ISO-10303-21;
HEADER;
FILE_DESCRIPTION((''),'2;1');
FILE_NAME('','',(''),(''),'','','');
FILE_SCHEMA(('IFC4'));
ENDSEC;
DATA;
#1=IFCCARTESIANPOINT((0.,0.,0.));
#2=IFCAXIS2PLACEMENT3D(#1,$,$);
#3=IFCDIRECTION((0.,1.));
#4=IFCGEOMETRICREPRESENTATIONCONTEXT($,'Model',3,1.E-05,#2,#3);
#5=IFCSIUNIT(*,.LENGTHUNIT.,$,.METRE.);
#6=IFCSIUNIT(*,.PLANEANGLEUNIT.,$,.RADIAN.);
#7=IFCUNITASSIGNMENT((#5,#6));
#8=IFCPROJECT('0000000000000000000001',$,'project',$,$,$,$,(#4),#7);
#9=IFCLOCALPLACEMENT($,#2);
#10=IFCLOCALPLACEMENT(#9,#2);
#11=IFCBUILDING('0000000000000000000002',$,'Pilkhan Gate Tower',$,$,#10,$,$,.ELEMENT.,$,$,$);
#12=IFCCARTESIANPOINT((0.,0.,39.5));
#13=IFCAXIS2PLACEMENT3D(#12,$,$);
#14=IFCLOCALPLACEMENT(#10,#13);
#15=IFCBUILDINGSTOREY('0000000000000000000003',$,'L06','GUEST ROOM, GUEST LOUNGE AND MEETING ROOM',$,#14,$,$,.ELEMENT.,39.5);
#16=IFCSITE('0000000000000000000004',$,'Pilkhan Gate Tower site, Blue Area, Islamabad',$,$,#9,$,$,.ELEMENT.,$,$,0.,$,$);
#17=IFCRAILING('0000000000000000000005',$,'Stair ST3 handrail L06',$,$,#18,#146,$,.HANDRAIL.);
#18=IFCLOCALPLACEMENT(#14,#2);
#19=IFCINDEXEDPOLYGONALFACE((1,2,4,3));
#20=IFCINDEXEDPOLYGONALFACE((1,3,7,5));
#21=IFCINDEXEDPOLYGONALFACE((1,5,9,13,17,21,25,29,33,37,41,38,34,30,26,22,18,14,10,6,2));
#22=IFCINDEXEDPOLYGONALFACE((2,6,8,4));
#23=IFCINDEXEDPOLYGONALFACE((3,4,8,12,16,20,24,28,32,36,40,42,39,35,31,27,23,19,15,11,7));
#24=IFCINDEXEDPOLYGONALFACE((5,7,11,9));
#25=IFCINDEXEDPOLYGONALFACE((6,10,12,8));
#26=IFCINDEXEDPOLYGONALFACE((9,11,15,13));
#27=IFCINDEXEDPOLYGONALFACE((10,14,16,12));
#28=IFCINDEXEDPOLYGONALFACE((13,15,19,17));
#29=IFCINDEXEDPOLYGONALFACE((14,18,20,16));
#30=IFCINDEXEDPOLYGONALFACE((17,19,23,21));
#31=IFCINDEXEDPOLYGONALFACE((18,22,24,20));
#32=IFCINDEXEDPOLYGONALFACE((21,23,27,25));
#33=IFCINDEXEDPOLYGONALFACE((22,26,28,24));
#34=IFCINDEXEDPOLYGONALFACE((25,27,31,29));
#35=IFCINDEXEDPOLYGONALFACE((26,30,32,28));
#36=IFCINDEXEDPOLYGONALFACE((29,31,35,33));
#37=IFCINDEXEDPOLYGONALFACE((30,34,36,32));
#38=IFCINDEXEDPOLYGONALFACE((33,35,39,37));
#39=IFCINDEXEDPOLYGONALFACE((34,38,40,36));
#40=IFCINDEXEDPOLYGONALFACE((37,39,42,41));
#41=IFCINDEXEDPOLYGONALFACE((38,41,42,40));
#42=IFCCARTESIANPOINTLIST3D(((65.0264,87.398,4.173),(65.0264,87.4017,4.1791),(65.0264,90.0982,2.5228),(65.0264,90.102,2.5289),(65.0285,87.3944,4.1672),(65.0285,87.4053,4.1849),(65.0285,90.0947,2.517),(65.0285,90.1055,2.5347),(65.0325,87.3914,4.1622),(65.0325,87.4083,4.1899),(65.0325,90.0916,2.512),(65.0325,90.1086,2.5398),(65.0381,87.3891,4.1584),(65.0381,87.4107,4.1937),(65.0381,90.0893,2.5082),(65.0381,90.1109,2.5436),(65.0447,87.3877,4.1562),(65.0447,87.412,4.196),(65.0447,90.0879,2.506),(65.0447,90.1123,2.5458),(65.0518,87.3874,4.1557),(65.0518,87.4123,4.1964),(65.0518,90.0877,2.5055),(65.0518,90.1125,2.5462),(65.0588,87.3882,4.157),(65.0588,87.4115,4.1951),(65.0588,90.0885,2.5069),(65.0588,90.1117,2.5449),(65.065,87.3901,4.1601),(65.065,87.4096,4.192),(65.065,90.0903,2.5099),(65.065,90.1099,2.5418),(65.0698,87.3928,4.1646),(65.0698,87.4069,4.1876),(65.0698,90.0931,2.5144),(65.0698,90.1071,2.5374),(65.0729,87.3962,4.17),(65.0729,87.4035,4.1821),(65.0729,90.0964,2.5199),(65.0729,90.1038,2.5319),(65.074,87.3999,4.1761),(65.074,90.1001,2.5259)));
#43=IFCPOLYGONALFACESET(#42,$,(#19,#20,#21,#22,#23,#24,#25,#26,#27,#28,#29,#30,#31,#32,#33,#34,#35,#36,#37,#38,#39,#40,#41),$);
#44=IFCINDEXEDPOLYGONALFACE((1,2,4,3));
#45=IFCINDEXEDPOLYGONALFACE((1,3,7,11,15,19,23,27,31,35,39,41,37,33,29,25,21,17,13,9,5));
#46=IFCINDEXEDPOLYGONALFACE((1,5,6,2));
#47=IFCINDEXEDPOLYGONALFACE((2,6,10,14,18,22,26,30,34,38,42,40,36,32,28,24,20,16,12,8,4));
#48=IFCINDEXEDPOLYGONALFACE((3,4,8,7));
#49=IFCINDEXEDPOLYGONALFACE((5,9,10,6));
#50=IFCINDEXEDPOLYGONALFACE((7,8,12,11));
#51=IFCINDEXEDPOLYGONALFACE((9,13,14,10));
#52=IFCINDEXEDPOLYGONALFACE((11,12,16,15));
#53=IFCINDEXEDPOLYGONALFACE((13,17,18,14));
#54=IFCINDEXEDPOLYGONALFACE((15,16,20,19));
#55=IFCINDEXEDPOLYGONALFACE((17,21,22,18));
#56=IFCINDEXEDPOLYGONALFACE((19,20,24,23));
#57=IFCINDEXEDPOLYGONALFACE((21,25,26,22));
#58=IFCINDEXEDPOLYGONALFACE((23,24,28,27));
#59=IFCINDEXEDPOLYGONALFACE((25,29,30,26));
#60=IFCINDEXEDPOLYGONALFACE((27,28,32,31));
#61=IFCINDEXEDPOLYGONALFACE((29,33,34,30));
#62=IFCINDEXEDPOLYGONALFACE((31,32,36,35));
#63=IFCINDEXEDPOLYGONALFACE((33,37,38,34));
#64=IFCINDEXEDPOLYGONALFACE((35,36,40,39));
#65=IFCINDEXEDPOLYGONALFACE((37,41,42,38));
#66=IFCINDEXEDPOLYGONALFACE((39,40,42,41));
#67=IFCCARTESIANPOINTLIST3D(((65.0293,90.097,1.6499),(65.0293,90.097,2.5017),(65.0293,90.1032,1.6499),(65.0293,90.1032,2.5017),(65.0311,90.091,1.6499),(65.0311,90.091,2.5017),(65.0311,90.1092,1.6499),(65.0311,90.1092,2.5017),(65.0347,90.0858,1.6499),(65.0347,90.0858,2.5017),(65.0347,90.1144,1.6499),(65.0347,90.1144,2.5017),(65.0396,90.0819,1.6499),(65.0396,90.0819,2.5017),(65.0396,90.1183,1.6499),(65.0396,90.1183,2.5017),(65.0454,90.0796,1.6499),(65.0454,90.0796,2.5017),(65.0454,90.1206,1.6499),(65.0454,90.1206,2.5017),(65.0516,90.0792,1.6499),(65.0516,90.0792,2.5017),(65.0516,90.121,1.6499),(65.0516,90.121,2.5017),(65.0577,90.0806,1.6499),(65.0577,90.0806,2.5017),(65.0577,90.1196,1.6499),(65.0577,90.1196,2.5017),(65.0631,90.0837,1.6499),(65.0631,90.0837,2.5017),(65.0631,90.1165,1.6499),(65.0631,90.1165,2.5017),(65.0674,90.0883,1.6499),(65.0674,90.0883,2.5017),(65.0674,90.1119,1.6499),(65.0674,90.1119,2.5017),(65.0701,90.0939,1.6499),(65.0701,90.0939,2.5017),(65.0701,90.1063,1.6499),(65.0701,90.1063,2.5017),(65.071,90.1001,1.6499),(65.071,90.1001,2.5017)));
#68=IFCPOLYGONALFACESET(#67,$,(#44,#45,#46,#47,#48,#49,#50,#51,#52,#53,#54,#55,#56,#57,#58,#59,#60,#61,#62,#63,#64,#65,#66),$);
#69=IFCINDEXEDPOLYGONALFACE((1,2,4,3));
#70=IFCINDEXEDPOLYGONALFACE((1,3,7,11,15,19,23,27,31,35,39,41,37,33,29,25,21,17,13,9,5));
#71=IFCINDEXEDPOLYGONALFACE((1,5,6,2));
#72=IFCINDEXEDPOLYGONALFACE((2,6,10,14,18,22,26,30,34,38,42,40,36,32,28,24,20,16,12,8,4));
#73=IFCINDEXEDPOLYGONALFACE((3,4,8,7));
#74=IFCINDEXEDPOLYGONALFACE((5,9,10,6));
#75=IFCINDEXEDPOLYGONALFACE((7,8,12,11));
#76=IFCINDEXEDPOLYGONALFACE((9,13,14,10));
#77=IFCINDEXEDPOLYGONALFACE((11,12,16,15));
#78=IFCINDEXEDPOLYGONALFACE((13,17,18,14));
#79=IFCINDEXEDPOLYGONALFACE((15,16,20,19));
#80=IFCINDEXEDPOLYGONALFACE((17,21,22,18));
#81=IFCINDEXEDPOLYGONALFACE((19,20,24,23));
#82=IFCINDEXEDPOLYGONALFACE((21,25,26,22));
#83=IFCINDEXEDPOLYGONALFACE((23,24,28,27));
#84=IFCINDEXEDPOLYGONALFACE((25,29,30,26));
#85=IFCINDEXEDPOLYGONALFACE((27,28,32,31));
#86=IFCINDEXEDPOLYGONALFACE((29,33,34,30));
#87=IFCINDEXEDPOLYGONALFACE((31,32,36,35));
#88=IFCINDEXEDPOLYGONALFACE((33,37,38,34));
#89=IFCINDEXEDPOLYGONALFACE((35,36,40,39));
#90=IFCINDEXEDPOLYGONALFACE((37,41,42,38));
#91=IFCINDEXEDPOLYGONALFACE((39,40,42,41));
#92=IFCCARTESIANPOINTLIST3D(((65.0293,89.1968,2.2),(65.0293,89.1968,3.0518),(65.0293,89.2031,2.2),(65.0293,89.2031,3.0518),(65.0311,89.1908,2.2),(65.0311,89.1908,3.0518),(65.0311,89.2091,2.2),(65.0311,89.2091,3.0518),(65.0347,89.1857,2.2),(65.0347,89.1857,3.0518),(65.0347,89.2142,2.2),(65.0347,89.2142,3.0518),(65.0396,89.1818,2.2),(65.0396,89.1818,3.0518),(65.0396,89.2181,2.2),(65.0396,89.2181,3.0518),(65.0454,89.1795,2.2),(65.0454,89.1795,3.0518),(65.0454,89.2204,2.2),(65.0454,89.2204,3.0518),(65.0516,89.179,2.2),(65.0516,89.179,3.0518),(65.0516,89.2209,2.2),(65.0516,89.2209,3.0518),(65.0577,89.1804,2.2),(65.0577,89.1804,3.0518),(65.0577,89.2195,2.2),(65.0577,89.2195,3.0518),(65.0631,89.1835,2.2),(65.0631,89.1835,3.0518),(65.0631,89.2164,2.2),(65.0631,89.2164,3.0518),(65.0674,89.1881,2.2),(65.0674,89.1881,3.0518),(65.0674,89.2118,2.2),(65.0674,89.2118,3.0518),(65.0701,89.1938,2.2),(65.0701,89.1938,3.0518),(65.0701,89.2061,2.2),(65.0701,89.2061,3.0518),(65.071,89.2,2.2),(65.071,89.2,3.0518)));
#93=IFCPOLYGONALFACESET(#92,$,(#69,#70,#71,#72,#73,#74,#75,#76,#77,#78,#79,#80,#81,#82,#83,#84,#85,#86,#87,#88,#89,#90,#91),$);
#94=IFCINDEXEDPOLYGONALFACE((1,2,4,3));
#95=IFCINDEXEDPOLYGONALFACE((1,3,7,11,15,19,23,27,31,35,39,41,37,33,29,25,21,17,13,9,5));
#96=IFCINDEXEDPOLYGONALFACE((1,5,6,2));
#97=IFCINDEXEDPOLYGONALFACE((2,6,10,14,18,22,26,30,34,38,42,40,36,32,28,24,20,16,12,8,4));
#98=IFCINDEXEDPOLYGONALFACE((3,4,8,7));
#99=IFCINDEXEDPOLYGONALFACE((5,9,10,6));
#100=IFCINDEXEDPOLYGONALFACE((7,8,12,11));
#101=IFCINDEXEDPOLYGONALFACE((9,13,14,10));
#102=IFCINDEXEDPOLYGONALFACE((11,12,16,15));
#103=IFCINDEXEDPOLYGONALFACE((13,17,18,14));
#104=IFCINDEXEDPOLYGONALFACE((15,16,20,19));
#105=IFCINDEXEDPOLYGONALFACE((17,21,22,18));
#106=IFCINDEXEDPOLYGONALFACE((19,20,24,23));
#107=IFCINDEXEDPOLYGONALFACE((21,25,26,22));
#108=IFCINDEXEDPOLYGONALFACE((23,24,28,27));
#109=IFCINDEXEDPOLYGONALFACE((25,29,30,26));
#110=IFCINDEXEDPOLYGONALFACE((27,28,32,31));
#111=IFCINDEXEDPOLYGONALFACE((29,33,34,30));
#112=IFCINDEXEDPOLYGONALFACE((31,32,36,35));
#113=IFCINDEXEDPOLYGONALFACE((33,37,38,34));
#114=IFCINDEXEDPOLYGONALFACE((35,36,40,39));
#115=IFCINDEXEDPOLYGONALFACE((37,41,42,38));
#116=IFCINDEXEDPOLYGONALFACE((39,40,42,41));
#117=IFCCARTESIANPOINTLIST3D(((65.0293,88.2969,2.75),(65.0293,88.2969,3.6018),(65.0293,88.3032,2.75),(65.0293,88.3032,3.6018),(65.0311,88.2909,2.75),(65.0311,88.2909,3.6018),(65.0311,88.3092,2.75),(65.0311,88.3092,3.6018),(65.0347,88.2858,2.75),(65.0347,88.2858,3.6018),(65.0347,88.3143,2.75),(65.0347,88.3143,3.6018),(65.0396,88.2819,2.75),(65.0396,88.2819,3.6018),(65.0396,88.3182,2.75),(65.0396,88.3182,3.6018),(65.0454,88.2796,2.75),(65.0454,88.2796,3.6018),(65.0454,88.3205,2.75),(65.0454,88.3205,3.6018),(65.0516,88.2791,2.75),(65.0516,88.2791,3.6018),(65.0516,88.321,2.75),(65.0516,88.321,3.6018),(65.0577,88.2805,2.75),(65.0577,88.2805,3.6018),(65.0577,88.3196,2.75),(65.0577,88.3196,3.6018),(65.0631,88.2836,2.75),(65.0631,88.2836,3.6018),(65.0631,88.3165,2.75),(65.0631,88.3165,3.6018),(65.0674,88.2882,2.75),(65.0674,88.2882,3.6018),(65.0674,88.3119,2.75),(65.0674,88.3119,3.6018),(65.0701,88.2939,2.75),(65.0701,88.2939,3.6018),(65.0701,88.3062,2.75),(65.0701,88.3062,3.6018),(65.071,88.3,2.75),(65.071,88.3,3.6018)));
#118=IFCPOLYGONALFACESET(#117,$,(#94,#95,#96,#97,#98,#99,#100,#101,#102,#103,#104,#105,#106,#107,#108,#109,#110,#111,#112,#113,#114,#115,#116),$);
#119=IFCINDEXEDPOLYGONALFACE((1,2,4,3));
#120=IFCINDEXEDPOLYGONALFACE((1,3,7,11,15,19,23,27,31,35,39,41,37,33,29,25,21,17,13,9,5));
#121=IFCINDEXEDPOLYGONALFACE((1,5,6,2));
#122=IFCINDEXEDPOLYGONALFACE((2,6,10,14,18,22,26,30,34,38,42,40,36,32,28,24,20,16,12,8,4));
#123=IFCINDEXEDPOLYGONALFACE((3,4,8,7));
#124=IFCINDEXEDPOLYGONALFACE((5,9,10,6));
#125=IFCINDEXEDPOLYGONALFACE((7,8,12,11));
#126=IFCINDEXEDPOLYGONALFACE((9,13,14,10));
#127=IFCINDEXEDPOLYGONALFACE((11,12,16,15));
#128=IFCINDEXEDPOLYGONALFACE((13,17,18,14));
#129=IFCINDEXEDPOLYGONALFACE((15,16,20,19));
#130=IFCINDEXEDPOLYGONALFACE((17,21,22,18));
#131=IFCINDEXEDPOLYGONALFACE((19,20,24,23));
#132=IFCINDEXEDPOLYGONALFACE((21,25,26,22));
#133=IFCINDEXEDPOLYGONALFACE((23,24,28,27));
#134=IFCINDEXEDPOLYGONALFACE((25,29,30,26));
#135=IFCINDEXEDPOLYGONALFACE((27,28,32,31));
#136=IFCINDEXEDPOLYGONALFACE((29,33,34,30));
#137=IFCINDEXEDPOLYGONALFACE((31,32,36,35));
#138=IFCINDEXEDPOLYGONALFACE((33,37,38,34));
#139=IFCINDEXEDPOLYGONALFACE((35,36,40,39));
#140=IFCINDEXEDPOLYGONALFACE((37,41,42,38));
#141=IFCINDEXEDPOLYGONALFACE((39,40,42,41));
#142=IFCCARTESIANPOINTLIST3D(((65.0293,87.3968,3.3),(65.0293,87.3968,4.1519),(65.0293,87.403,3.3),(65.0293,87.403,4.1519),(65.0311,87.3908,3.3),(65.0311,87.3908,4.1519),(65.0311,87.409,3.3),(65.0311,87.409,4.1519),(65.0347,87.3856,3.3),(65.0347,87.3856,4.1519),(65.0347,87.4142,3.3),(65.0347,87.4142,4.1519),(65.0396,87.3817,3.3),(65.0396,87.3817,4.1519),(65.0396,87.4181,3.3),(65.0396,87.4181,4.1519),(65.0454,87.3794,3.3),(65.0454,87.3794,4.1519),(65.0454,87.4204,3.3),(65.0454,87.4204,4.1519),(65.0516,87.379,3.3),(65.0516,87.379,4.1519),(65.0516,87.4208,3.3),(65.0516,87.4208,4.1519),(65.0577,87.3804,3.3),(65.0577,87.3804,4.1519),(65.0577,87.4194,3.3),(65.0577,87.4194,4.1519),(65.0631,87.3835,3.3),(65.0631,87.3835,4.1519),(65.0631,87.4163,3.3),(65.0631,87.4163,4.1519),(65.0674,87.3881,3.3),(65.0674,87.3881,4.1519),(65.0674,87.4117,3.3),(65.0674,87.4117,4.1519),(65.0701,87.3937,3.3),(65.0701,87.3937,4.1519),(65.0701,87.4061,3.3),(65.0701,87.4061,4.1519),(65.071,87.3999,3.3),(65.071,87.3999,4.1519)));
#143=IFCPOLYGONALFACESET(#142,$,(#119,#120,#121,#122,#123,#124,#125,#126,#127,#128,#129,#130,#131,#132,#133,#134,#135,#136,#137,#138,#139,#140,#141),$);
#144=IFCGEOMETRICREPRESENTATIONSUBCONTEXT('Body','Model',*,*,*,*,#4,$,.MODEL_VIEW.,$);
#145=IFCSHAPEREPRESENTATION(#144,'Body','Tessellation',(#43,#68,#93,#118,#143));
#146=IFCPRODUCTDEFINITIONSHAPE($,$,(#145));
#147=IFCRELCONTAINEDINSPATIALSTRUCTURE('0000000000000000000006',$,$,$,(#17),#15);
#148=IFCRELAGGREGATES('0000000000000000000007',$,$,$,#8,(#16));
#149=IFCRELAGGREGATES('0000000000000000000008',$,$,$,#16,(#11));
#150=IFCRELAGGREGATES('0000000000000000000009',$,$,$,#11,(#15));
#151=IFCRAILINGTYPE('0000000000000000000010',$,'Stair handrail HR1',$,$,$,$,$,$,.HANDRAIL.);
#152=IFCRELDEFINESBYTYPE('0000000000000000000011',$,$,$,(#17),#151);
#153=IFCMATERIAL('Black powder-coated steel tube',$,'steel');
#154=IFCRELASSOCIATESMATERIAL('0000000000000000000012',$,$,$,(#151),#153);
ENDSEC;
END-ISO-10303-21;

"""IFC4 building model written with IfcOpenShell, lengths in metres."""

from ifc_helpers import new_model, si_unit, direction, frame, origin, origin_2d, place, context, subcontext, project, spatial, circle, extrude, material, type_object, element, save


model = new_model("IFC4")

# Units and contexts
model_context = context("Model", 3, precision=1e-05, world=origin(), true_north=direction((0.0, 1.0)))
body_context = subcontext(model_context, "Body", "Model", "MODEL_VIEW")
ifc_project = project(units=[si_unit("LENGTHUNIT", "METRE"), si_unit("PLANEANGLEUNIT", "RADIAN")], contexts=[model_context])

# Site, building, storey
site_placement = place(None, origin())
site = spatial("IfcSite", under=ifc_project, at=site_placement, Name="Pilkhan Gate Tower site, Blue Area, Islamabad", CompositionType="ELEMENT", RefElevation=0.0)
building_placement = place(site_placement, origin())
building = spatial("IfcBuilding", under=site, at=building_placement, Name="Pilkhan Gate Tower", CompositionType="ELEMENT")
storey_placement = place(building_placement, frame((0.0, 0.0, 39.5)))
storey = spatial("IfcBuildingStorey", under=building, at=storey_placement, Name="L06", Description="GUEST ROOM, GUEST LOUNGE AND MEETING ROOM", CompositionType="ELEMENT", Elevation=39.5)

# Railing
ifc_material_1 = material(Name="Black powder-coated steel tube", Category="steel")
railing_type = type_object("IfcRailingType", Name="Stair handrail HR1", PredefinedType="HANDRAIL", material=ifc_material_1)
railing_placement = place(storey_placement, frame((65.05, 90.1001, 1.6499)))
element("IfcRailing", 1, at=railing_placement, inside=storey, type_object=railing_type, Name="Stair ST3 handrail L06", PredefinedType="HANDRAIL", context=body_context, shape_type="SweptSolid", body=[
    extrude(circle(Radius=0.0239, at=origin_2d()), frame((0.0, 0.0, 0.876), z_axis=(0.0, -0.853278, 0.521456), x_axis=(1.0, 0.0, 0.0)), (0.0, 0.0, 1.0), 3.1646),
    extrude(circle(Radius=0.021, at=origin_2d()), origin(), (0.0, 0.0, 1.0), 0.8518),
    extrude(circle(Radius=0.021, at=origin_2d()), frame((0.0, -0.9001, 0.55)), (0.0, 0.0, 1.0), 0.8518),
    extrude(circle(Radius=0.021, at=origin_2d()), frame((0.0, -1.8, 1.1001)), (0.0, 0.0, 1.0), 0.8518),
    extrude(circle(Radius=0.021, at=origin_2d()), frame((0.0, -2.7002, 1.6501)), (0.0, 0.0, 1.0), 0.8518),
])

save(model, "model.ifc")
